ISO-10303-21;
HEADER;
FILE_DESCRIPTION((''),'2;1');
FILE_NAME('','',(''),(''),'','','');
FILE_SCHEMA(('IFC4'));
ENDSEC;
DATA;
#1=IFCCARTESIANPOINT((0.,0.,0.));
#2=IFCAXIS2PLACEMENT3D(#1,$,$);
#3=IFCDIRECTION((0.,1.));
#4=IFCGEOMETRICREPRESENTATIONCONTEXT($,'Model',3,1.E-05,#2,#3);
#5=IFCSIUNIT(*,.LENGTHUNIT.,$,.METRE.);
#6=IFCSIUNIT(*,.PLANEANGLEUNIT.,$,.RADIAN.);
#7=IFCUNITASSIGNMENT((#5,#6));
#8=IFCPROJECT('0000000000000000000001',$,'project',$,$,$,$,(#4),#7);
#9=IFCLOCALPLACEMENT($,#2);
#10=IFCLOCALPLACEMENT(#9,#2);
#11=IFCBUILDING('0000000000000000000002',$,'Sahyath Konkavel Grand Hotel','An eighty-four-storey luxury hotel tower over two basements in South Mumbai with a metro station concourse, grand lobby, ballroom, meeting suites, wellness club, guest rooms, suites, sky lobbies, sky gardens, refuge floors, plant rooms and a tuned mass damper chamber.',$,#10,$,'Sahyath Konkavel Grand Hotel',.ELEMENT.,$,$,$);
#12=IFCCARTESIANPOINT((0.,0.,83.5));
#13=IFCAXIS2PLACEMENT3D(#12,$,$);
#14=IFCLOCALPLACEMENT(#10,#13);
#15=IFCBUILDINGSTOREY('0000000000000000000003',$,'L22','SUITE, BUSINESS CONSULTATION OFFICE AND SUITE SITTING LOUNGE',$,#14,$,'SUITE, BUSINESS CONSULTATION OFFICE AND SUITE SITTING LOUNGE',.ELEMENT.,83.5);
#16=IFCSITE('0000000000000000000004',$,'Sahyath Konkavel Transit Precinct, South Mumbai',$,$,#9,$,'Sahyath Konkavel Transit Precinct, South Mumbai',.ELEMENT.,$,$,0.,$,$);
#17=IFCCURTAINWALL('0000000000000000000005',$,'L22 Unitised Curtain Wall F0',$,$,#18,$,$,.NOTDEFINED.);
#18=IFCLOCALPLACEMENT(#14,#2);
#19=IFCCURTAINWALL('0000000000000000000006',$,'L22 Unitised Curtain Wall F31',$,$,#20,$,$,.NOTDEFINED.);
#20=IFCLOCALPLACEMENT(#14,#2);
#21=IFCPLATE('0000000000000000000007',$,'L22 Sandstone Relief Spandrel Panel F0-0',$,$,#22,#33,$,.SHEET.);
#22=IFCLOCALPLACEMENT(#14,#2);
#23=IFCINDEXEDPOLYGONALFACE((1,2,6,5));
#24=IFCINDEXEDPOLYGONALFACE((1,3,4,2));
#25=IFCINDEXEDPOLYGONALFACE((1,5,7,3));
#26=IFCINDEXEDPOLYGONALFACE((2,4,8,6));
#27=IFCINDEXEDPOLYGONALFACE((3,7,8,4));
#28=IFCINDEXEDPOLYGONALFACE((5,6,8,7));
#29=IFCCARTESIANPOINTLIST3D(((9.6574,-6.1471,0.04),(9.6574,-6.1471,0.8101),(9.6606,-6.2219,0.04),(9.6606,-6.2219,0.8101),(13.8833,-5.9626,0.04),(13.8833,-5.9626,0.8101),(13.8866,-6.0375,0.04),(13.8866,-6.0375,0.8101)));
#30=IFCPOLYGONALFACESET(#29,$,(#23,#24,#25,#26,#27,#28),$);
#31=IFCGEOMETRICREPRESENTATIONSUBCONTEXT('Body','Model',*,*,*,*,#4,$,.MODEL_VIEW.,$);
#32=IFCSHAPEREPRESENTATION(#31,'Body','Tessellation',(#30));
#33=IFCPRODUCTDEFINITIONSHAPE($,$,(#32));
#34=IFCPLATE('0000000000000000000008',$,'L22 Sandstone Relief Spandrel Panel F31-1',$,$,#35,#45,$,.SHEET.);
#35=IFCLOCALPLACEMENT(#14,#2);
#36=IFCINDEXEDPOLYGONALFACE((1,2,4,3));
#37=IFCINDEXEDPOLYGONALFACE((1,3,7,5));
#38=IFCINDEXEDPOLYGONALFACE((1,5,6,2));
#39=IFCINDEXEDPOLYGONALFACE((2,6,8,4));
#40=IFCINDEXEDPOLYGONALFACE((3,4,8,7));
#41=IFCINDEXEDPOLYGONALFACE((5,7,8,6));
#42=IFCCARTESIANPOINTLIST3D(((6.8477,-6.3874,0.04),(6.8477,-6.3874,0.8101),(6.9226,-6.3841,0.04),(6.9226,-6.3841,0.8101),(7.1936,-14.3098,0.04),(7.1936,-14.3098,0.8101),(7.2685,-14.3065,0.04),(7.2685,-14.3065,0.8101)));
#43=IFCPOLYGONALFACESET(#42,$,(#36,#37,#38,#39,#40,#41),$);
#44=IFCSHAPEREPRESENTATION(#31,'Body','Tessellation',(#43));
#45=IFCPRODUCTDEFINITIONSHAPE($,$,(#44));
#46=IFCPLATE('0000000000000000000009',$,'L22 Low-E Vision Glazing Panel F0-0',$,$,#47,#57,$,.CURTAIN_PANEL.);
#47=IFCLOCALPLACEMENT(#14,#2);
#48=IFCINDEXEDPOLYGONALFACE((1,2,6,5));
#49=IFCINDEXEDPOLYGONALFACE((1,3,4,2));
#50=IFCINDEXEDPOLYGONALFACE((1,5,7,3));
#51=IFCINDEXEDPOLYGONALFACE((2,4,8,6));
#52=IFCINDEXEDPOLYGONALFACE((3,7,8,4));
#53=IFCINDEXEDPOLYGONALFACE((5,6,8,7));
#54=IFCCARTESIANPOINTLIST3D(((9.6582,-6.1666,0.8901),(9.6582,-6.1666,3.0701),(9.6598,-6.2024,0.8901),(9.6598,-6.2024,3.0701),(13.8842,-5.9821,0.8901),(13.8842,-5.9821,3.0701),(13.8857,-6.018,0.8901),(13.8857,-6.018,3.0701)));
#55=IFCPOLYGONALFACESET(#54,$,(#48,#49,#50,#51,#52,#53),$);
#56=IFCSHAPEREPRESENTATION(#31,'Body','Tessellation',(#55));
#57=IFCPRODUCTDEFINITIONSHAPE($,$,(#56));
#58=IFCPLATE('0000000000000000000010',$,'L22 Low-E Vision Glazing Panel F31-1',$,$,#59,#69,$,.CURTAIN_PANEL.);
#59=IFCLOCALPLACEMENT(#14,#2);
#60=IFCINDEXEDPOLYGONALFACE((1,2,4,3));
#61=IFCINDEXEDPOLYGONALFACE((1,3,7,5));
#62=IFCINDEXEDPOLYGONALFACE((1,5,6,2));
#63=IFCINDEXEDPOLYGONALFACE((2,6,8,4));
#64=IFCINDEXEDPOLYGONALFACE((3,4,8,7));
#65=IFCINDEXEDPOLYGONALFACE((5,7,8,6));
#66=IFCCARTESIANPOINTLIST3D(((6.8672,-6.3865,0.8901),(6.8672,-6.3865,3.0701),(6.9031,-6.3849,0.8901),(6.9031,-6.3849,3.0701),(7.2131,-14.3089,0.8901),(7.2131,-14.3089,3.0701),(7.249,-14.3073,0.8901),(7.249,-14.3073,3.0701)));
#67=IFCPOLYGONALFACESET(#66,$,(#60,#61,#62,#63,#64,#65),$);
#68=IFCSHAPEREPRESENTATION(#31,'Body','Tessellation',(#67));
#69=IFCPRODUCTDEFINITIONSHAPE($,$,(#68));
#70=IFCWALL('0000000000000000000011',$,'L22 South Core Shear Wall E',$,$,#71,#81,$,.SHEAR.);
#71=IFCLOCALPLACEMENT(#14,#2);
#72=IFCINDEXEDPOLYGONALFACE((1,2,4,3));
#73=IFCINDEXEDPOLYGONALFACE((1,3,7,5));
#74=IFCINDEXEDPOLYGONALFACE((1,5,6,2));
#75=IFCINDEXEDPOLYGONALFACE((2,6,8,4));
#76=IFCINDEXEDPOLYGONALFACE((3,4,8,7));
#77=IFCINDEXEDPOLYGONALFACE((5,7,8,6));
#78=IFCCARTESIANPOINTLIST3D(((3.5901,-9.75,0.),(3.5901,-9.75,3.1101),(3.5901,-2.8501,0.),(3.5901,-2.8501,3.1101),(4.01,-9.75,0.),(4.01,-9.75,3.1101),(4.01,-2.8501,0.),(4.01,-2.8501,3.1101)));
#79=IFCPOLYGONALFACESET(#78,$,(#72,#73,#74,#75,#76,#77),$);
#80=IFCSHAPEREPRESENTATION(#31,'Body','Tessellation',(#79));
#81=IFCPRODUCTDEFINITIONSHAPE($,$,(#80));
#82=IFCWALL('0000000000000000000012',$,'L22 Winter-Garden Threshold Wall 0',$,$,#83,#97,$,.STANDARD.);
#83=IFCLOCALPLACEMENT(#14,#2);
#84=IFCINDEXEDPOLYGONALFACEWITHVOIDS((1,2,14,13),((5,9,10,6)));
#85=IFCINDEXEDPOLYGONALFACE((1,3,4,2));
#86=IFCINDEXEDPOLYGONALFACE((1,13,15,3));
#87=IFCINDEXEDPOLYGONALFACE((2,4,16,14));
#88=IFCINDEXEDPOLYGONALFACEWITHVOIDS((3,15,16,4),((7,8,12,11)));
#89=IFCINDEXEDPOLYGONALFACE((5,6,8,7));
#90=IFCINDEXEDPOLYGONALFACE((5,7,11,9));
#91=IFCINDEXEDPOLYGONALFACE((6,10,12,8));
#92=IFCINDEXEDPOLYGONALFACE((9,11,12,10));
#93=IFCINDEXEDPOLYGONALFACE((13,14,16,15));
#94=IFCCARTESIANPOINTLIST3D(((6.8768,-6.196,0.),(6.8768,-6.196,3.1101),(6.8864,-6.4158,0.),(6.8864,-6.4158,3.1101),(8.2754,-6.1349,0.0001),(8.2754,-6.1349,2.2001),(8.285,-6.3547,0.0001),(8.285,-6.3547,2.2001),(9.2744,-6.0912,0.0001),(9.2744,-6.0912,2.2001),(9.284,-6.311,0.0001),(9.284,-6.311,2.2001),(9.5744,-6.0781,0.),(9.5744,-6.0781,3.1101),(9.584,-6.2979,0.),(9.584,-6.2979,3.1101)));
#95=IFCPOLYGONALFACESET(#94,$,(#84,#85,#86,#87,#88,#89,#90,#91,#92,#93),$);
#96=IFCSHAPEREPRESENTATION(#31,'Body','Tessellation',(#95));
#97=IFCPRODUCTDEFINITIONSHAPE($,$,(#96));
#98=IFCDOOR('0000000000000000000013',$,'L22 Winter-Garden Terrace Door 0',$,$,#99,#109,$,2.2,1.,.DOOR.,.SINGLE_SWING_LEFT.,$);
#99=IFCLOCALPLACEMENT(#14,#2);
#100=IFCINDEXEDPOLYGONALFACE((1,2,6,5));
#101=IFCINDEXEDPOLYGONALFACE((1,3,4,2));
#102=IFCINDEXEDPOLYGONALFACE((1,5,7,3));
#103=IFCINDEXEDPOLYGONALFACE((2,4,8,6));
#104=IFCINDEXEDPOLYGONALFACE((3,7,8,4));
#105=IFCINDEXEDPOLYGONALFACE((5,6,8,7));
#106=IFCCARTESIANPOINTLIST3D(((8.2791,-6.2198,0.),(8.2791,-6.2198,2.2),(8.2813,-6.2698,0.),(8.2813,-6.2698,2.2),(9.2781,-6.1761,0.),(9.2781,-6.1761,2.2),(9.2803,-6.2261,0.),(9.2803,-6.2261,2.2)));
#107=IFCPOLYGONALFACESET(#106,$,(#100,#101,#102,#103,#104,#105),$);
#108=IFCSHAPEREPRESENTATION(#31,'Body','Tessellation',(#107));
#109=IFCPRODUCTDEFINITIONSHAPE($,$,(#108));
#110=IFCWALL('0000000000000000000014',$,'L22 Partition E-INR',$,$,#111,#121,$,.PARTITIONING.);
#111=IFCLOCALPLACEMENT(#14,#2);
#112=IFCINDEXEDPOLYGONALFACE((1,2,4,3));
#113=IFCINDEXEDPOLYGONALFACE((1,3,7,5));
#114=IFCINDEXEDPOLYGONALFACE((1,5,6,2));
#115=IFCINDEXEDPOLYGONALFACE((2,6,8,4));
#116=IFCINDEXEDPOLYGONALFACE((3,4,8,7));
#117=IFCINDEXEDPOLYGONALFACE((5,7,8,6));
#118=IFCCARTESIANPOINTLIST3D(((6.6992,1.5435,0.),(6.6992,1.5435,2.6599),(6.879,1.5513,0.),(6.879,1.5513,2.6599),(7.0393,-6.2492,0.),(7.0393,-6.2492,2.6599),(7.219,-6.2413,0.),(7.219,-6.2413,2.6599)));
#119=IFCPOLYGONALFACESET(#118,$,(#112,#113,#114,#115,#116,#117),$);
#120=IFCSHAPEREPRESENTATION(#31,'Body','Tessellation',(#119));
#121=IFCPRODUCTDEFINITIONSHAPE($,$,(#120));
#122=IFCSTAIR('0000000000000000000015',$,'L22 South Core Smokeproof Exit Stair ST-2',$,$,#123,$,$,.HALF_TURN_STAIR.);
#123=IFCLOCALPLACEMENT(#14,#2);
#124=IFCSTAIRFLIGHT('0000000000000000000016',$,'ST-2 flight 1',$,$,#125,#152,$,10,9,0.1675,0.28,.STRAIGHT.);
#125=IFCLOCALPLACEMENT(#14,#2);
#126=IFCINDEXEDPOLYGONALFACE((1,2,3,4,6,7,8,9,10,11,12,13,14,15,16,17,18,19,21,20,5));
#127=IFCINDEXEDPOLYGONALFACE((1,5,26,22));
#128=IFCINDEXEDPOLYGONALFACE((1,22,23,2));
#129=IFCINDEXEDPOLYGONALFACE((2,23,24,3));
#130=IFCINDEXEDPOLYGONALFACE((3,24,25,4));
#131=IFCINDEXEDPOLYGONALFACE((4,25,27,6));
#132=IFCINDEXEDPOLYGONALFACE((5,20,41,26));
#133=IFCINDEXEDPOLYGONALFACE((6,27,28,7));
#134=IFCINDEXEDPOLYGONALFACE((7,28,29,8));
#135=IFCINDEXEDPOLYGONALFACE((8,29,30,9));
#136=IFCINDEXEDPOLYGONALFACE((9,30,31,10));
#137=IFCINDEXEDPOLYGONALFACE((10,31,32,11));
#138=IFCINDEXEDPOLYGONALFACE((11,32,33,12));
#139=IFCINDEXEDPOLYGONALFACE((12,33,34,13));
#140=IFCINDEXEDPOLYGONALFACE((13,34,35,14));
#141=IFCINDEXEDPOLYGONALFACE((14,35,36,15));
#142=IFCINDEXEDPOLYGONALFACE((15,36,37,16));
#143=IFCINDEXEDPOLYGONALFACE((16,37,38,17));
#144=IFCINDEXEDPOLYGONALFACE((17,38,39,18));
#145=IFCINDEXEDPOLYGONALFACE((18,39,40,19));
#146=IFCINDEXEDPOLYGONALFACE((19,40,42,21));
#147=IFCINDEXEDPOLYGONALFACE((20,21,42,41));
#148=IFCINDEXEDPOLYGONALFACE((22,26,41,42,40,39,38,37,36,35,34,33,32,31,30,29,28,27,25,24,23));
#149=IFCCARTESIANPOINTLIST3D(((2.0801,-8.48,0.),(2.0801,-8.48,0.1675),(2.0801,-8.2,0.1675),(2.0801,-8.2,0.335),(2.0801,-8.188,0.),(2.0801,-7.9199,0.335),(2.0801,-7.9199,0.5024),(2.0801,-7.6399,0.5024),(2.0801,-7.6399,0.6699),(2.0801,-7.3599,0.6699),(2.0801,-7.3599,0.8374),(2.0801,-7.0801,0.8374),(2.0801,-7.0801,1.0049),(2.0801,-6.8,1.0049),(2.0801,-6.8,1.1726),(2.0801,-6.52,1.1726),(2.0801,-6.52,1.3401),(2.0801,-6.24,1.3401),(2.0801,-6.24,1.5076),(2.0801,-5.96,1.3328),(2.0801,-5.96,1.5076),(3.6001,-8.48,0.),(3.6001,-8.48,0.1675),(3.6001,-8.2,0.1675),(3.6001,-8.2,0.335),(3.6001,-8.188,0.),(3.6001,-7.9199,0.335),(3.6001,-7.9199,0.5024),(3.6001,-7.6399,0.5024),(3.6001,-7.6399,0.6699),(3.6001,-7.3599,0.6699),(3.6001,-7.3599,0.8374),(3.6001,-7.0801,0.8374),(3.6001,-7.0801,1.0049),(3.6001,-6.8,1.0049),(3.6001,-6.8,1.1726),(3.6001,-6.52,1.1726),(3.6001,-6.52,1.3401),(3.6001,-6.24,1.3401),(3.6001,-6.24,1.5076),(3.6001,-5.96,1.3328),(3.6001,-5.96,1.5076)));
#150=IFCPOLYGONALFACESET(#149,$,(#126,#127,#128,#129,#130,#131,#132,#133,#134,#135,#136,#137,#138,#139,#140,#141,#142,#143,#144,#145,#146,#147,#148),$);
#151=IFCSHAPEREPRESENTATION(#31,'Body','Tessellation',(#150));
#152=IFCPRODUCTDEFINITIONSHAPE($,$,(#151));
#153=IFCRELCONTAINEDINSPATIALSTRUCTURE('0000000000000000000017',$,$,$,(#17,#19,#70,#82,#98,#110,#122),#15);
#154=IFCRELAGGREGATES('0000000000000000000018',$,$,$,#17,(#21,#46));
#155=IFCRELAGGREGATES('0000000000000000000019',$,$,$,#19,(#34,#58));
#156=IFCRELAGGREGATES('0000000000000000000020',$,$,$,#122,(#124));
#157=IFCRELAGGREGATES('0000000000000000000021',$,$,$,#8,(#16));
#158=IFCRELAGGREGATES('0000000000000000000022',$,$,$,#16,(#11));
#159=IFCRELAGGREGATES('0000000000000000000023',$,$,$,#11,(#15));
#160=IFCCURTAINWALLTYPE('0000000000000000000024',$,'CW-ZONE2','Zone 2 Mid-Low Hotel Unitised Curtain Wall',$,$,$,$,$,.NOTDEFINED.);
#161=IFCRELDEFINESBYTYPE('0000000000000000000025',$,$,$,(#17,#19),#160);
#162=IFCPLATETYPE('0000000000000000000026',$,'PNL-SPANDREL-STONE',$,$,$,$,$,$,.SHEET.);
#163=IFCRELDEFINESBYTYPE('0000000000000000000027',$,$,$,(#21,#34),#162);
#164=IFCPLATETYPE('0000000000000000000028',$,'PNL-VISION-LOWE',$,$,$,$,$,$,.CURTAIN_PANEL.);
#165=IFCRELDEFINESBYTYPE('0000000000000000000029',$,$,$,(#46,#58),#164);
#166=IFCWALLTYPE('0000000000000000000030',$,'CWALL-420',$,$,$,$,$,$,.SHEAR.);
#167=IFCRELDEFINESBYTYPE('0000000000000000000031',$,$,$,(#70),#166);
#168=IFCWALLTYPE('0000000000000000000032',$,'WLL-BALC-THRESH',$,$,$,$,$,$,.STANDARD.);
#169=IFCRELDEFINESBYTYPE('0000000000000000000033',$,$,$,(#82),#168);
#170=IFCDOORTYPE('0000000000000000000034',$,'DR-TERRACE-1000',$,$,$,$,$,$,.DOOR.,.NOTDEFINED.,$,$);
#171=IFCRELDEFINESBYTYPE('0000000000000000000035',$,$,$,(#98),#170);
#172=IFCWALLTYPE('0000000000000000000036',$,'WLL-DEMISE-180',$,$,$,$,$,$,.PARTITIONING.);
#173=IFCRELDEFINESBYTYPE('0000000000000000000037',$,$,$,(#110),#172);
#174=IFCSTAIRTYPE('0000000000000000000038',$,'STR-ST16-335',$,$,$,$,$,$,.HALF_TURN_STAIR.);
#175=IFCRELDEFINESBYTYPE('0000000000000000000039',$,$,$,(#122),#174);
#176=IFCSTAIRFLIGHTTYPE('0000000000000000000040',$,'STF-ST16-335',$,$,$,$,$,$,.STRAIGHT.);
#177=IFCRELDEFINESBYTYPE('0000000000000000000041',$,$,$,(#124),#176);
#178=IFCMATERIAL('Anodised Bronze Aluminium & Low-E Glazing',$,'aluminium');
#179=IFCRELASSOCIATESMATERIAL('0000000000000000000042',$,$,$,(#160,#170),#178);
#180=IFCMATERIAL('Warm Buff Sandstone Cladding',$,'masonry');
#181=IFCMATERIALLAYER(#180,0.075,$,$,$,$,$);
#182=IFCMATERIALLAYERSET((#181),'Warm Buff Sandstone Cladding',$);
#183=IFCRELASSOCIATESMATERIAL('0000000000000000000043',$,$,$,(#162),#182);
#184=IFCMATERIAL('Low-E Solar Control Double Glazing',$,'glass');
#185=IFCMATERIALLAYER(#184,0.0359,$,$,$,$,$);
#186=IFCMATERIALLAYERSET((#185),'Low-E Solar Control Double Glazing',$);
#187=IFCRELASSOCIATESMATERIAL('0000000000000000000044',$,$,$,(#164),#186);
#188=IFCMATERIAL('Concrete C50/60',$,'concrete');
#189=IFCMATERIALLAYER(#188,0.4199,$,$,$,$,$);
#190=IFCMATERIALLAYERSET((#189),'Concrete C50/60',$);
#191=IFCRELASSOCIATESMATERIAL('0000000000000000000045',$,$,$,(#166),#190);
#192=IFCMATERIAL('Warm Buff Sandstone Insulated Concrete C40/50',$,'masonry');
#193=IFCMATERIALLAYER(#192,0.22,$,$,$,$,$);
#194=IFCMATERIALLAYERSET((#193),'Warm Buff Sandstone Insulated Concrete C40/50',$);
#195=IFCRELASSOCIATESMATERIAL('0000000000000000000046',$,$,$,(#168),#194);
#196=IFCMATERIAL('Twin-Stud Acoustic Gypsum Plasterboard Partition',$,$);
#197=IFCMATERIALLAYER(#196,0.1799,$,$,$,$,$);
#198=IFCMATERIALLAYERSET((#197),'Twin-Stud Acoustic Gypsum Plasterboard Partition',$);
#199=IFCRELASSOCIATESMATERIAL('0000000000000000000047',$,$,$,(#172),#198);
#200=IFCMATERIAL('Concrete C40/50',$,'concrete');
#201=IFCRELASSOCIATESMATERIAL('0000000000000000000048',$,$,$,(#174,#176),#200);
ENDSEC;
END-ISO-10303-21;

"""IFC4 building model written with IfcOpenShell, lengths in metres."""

from ifc_helpers import new_model, si_unit, direction, frame, frame_2d, origin, origin_2d, place, context, subcontext, project, spatial, polyline, rectangle, outline, extrude, source, transform, mapped, material, layer, layer_set, type_object, element, fill, aggregate, save


model = new_model("IFC4")

# Units and contexts
model_context = context("Model", 3, precision=1e-05, world=origin(), true_north=direction((0.0, 1.0)))
body_context = subcontext(model_context, "Body", "Model", "MODEL_VIEW")
ifc_project = project(units=[si_unit("LENGTHUNIT", "METRE"), si_unit("PLANEANGLEUNIT", "RADIAN")], contexts=[model_context])

# Site, building, storey
site_placement = place(None, origin())
site = spatial("IfcSite", under=ifc_project, at=site_placement, Name="Sahyath Konkavel Transit Precinct, South Mumbai", LongName="Sahyath Konkavel Transit Precinct, South Mumbai", CompositionType="ELEMENT", RefElevation=0.0)
building_placement = place(site_placement, origin())
building = spatial("IfcBuilding", under=site, at=building_placement, Name="Sahyath Konkavel Grand Hotel", Description="An eighty-four-storey luxury hotel tower over two basements in South Mumbai with a metro station concourse, grand lobby, ballroom, meeting suites, wellness club, guest rooms, suites, sky lobbies, sky gardens, refuge floors, plant rooms and a tuned mass damper chamber.", LongName="Sahyath Konkavel Grand Hotel", CompositionType="ELEMENT")
storey_placement = place(building_placement, frame((0.0, 0.0, 83.5)))
storey = spatial("IfcBuildingStorey", under=building, at=storey_placement, Name="L22", Description="SUITE, BUSINESS CONSULTATION OFFICE AND SUITE SITTING LOUNGE", LongName="SUITE, BUSINESS CONSULTATION OFFICE AND SUITE SITTING LOUNGE", CompositionType="ELEMENT", Elevation=83.5)

# Curtain walls
ifc_material_1 = material(Name="Anodised Bronze Aluminium & Low-E Glazing", Category="aluminium")
curtain_wall_type = type_object("IfcCurtainWallType", Name="CW-ZONE2", Description="Zone 2 Mid-Low Hotel Unitised Curtain Wall", PredefinedType="NOTDEFINED", material=ifc_material_1)
curtain_wall_1_placement = place(storey_placement, origin())
curtain_wall_1 = element("IfcCurtainWall", 1, at=curtain_wall_1_placement, inside=storey, type_object=curtain_wall_type, Name="L22 Unitised Curtain Wall F0", PredefinedType="NOTDEFINED")
curtain_wall_2_placement = place(storey_placement, origin())
curtain_wall_2 = element("IfcCurtainWall", 2, at=curtain_wall_2_placement, inside=storey, type_object=curtain_wall_type, Name="L22 Unitised Curtain Wall F31", PredefinedType="NOTDEFINED")

# Plates
ifc_material_2 = material(Name="Warm Buff Sandstone Cladding", Category="masonry")
ifc_layer_1 = layer(ifc_material_2, 0.075)
ifc_layer_set_1 = layer_set([ifc_layer_1], Name="Warm Buff Sandstone Cladding")
plate_type_1 = type_object("IfcPlateType", Name="PNL-SPANDREL-STONE", PredefinedType="SHEET", material=ifc_layer_set_1)
shared_shape_1 = source(origin(), body_context, "Body", "SweptSolid", [
    extrude(rectangle(XDim=4.23, YDim=0.075, at=origin_2d()), origin(), (0.0, 0.0, 1.0), 0.77),
])
plate_1_placement = place(storey_placement, frame((11.772, -6.0923, 0.04), z_axis=(0.0, 0.0, 1.0), x_axis=(0.999049, 0.043602, 0.0)))
plate_1 = element("IfcPlate", 3, at=plate_1_placement, type_object=plate_type_1, Name="L22 Sandstone Relief Spandrel Panel F0-0", PredefinedType="SHEET", context=body_context, shape_type="MappedRepresentation", body=[
    mapped(shared_shape_1, transform((0.0, 0.0, 0.0), scale=1.0)),
])
shared_shape_2 = source(origin(), body_context, "Body", "SweptSolid", [
    extrude(rectangle(XDim=7.9299, YDim=0.075, at=origin_2d()), origin(), (0.0, 0.0, 1.0), 0.77),
])
plate_2_placement = place(storey_placement, frame((7.0581, -10.3469, 0.04), z_axis=(0.0, 0.0, 1.0), x_axis=(-0.043619, 0.999048, 0.0)))
plate_2 = element("IfcPlate", 4, at=plate_2_placement, type_object=plate_type_1, Name="L22 Sandstone Relief Spandrel Panel F31-1", PredefinedType="SHEET", context=body_context, shape_type="MappedRepresentation", body=[
    mapped(shared_shape_2, transform((0.0, 0.0, 0.0), scale=1.0)),
])
ifc_material_3 = material(Name="Low-E Solar Control Double Glazing", Category="glass")
ifc_layer_2 = layer(ifc_material_3, 0.0359)
ifc_layer_set_2 = layer_set([ifc_layer_2], Name="Low-E Solar Control Double Glazing")
plate_type_2 = type_object("IfcPlateType", Name="PNL-VISION-LOWE", PredefinedType="CURTAIN_PANEL", material=ifc_layer_set_2)
shared_shape_3 = source(origin(), body_context, "Body", "SweptSolid", [
    extrude(rectangle(XDim=4.23, YDim=0.0359, at=origin_2d()), origin(), (0.0, 0.0, 1.0), 2.1799),
])
plate_3_placement = place(storey_placement, frame((11.772, -6.0923, 0.8901), z_axis=(0.0, 0.0, 1.0), x_axis=(0.999049, 0.043602, 0.0)))
plate_3 = element("IfcPlate", 5, at=plate_3_placement, type_object=plate_type_2, Name="L22 Low-E Vision Glazing Panel F0-0", PredefinedType="CURTAIN_PANEL", context=body_context, shape_type="MappedRepresentation", body=[
    mapped(shared_shape_3, transform((0.0, 0.0, 0.0), scale=1.0)),
])
aggregate(curtain_wall_1, [plate_1, plate_3])
shared_shape_4 = source(origin(), body_context, "Body", "SweptSolid", [
    extrude(rectangle(XDim=7.9299, YDim=0.0359, at=origin_2d()), origin(), (0.0, 0.0, 1.0), 2.1799),
])
plate_4_placement = place(storey_placement, frame((7.0581, -10.3469, 0.8901), z_axis=(0.0, 0.0, 1.0), x_axis=(-0.043619, 0.999048, 0.0)))
plate_4 = element("IfcPlate", 6, at=plate_4_placement, type_object=plate_type_2, Name="L22 Low-E Vision Glazing Panel F31-1", PredefinedType="CURTAIN_PANEL", context=body_context, shape_type="MappedRepresentation", body=[
    mapped(shared_shape_4, transform((0.0, 0.0, 0.0), scale=1.0)),
])
aggregate(curtain_wall_2, [plate_2, plate_4])

# Wall
ifc_material_4 = material(Name="Concrete C50/60", Category="concrete")
ifc_layer_3 = layer(ifc_material_4, 0.4199)
ifc_layer_set_3 = layer_set([ifc_layer_3], Name="Concrete C50/60")
wall_type_1 = type_object("IfcWallType", Name="CWALL-420", PredefinedType="SHEAR", material=ifc_layer_set_3)
wall_1_placement = place(storey_placement, frame((3.8, -9.75, 0.0), z_axis=(0.0, 0.0, 1.0), x_axis=(0.0, 1.0, 0.0)))
element("IfcWall", 7, at=wall_1_placement, inside=storey, type_object=wall_type_1, Name="L22 South Core Shear Wall E", PredefinedType="SHEAR", context=body_context, shape_type="SweptSolid", body=[
    extrude(rectangle(XDim=6.8999, YDim=0.4199, at=frame_2d((3.45, 0.0))), origin(), (0.0, 0.0, 1.0), 3.1101),
])

# Wall, opening, door
ifc_material_5 = material(Name="Warm Buff Sandstone Insulated Concrete C40/50", Category="masonry")
ifc_layer_4 = layer(ifc_material_5, 0.22)
ifc_layer_set_4 = layer_set([ifc_layer_4], Name="Warm Buff Sandstone Insulated Concrete C40/50")
wall_type_2 = type_object("IfcWallType", Name="WLL-BALC-THRESH", PredefinedType="STANDARD", material=ifc_layer_set_4)
wall_2_placement = place(storey_placement, frame((6.8816, -6.3059, 0.0), z_axis=(0.0, 0.0, 1.0), x_axis=(0.999046, 0.043673, 0.0)))
wall_2 = element("IfcWall", 8, at=wall_2_placement, inside=storey, type_object=wall_type_2, Name="L22 Winter-Garden Threshold Wall 0", PredefinedType="STANDARD", context=body_context, shape_type="SweptSolid", body=[
    extrude(rectangle(XDim=2.7002, YDim=0.22, at=frame_2d((1.3501, 0.0))), origin(), (0.0, 0.0, 1.0), 3.1101),
])
opening_placement = place(wall_2_placement, frame((1.3999, 0.0, 0.0)))
opening = element("IfcOpeningElement", 9, at=opening_placement, cuts=wall_2, PredefinedType="OPENING", context=body_context, shape_type="SweptSolid", body=[
    extrude(rectangle(XDim=1.0, YDim=2.2, at=frame_2d((0.5, 1.1001))), frame((0.0, 0.1201, 0.0), z_axis=(0.0, -1.0, 0.0), x_axis=(1.0, 0.0, 0.0)), (0.0, 0.0, 1.0), 0.24),
])
door_type = type_object("IfcDoorType", Name="DR-TERRACE-1000", OperationType="NOTDEFINED", PredefinedType="DOOR", material=ifc_material_1)
shared_shape_5 = source(origin(), body_context, "Body", "SweptSolid", [
    extrude(rectangle(XDim=1.0, YDim=0.05, at=origin_2d()), origin(), (0.0, 0.0, 1.0), 2.2),
])
door_placement = place(opening_placement, frame((0.5, 0.0, 0.0)))
door = element("IfcDoor", 10, at=door_placement, inside=storey, type_object=door_type, Name="L22 Winter-Garden Terrace Door 0", OperationType="SINGLE_SWING_LEFT", OverallHeight=2.2, OverallWidth=1.0, PredefinedType="DOOR", context=body_context, shape_type="MappedRepresentation", body=[
    mapped(shared_shape_5, transform((0.0, 0.0, 0.0), scale=1.0)),
])
fill(opening, door)

# Wall
ifc_material_6 = material(Name="Twin-Stud Acoustic Gypsum Plasterboard Partition")
ifc_layer_5 = layer(ifc_material_6, 0.1799)
ifc_layer_set_5 = layer_set([ifc_layer_5], Name="Twin-Stud Acoustic Gypsum Plasterboard Partition")
wall_type_3 = type_object("IfcWallType", Name="WLL-DEMISE-180", PredefinedType="PARTITIONING", material=ifc_layer_set_5)
wall_3_placement = place(storey_placement, frame((7.1292, -6.2451, 0.0), z_axis=(0.0, 0.0, 1.0), x_axis=(-0.0436, 0.999049, 0.0)))
element("IfcWall", 11, at=wall_3_placement, inside=storey, type_object=wall_type_3, Name="L22 Partition E-INR", PredefinedType="PARTITIONING", context=body_context, shape_type="SweptSolid", body=[
    extrude(rectangle(XDim=7.8, YDim=0.1799, at=frame_2d((3.8999, 0.0))), origin(), (0.0, 0.0, 1.0), 2.6599),
])

# Stair, stair flight
ifc_material_7 = material(Name="Concrete C40/50", Category="concrete")
stair_type = type_object("IfcStairType", Name="STR-ST16-335", PredefinedType="HALF_TURN_STAIR", material=ifc_material_7)
stair_placement = place(storey_placement, origin())
stair = element("IfcStair", 12, at=stair_placement, inside=storey, type_object=stair_type, Name="L22 South Core Smokeproof Exit Stair ST-2", PredefinedType="HALF_TURN_STAIR")
stair_flight_type = type_object("IfcStairFlightType", Name="STF-ST16-335", PredefinedType="STRAIGHT", material=ifc_material_7)
stair_flight_placement = place(storey_placement, frame((2.8401, -8.48, 0.0), z_axis=(0.0, 0.0, 1.0), x_axis=(0.0, 1.0, 0.0)))
stair_flight = element("IfcStairFlight", 13, at=stair_flight_placement, type_object=stair_flight_type, Name="ST-2 flight 1", NumberOfRisers=10, NumberOfTreads=9, PredefinedType="STRAIGHT", RiserHeight=0.1675, TreadLength=0.28, context=body_context, shape_type="SweptSolid", body=[
    extrude(outline(polyline([(0.0, 0.0), (0.0, 0.1675), (0.28, 0.1675), (0.28, 0.335), (0.5601, 0.335), (0.5601, 0.5024), (0.8401, 0.5024), (0.8401, 0.6699), (1.1201, 0.6699), (1.1201, 0.8374), (1.3999, 0.8374), (1.3999, 1.0049), (1.6799, 1.0049), (1.6799, 1.1726), (1.96, 1.1726), (1.96, 1.3401), (2.24, 1.3401), (2.24, 1.5076), (2.52, 1.5076), (2.52, 1.675), (2.52, 1.3328), (0.292, 0.0), (0.0, 0.0)])), frame((0.0, 0.76, 0.0), z_axis=(0.0, -1.0, 0.0), x_axis=(1.0, 0.0, 0.0)), (0.0, 0.0, 1.0), 1.52),
])
aggregate(stair, [stair_flight])

save(model, "model.ifc")
